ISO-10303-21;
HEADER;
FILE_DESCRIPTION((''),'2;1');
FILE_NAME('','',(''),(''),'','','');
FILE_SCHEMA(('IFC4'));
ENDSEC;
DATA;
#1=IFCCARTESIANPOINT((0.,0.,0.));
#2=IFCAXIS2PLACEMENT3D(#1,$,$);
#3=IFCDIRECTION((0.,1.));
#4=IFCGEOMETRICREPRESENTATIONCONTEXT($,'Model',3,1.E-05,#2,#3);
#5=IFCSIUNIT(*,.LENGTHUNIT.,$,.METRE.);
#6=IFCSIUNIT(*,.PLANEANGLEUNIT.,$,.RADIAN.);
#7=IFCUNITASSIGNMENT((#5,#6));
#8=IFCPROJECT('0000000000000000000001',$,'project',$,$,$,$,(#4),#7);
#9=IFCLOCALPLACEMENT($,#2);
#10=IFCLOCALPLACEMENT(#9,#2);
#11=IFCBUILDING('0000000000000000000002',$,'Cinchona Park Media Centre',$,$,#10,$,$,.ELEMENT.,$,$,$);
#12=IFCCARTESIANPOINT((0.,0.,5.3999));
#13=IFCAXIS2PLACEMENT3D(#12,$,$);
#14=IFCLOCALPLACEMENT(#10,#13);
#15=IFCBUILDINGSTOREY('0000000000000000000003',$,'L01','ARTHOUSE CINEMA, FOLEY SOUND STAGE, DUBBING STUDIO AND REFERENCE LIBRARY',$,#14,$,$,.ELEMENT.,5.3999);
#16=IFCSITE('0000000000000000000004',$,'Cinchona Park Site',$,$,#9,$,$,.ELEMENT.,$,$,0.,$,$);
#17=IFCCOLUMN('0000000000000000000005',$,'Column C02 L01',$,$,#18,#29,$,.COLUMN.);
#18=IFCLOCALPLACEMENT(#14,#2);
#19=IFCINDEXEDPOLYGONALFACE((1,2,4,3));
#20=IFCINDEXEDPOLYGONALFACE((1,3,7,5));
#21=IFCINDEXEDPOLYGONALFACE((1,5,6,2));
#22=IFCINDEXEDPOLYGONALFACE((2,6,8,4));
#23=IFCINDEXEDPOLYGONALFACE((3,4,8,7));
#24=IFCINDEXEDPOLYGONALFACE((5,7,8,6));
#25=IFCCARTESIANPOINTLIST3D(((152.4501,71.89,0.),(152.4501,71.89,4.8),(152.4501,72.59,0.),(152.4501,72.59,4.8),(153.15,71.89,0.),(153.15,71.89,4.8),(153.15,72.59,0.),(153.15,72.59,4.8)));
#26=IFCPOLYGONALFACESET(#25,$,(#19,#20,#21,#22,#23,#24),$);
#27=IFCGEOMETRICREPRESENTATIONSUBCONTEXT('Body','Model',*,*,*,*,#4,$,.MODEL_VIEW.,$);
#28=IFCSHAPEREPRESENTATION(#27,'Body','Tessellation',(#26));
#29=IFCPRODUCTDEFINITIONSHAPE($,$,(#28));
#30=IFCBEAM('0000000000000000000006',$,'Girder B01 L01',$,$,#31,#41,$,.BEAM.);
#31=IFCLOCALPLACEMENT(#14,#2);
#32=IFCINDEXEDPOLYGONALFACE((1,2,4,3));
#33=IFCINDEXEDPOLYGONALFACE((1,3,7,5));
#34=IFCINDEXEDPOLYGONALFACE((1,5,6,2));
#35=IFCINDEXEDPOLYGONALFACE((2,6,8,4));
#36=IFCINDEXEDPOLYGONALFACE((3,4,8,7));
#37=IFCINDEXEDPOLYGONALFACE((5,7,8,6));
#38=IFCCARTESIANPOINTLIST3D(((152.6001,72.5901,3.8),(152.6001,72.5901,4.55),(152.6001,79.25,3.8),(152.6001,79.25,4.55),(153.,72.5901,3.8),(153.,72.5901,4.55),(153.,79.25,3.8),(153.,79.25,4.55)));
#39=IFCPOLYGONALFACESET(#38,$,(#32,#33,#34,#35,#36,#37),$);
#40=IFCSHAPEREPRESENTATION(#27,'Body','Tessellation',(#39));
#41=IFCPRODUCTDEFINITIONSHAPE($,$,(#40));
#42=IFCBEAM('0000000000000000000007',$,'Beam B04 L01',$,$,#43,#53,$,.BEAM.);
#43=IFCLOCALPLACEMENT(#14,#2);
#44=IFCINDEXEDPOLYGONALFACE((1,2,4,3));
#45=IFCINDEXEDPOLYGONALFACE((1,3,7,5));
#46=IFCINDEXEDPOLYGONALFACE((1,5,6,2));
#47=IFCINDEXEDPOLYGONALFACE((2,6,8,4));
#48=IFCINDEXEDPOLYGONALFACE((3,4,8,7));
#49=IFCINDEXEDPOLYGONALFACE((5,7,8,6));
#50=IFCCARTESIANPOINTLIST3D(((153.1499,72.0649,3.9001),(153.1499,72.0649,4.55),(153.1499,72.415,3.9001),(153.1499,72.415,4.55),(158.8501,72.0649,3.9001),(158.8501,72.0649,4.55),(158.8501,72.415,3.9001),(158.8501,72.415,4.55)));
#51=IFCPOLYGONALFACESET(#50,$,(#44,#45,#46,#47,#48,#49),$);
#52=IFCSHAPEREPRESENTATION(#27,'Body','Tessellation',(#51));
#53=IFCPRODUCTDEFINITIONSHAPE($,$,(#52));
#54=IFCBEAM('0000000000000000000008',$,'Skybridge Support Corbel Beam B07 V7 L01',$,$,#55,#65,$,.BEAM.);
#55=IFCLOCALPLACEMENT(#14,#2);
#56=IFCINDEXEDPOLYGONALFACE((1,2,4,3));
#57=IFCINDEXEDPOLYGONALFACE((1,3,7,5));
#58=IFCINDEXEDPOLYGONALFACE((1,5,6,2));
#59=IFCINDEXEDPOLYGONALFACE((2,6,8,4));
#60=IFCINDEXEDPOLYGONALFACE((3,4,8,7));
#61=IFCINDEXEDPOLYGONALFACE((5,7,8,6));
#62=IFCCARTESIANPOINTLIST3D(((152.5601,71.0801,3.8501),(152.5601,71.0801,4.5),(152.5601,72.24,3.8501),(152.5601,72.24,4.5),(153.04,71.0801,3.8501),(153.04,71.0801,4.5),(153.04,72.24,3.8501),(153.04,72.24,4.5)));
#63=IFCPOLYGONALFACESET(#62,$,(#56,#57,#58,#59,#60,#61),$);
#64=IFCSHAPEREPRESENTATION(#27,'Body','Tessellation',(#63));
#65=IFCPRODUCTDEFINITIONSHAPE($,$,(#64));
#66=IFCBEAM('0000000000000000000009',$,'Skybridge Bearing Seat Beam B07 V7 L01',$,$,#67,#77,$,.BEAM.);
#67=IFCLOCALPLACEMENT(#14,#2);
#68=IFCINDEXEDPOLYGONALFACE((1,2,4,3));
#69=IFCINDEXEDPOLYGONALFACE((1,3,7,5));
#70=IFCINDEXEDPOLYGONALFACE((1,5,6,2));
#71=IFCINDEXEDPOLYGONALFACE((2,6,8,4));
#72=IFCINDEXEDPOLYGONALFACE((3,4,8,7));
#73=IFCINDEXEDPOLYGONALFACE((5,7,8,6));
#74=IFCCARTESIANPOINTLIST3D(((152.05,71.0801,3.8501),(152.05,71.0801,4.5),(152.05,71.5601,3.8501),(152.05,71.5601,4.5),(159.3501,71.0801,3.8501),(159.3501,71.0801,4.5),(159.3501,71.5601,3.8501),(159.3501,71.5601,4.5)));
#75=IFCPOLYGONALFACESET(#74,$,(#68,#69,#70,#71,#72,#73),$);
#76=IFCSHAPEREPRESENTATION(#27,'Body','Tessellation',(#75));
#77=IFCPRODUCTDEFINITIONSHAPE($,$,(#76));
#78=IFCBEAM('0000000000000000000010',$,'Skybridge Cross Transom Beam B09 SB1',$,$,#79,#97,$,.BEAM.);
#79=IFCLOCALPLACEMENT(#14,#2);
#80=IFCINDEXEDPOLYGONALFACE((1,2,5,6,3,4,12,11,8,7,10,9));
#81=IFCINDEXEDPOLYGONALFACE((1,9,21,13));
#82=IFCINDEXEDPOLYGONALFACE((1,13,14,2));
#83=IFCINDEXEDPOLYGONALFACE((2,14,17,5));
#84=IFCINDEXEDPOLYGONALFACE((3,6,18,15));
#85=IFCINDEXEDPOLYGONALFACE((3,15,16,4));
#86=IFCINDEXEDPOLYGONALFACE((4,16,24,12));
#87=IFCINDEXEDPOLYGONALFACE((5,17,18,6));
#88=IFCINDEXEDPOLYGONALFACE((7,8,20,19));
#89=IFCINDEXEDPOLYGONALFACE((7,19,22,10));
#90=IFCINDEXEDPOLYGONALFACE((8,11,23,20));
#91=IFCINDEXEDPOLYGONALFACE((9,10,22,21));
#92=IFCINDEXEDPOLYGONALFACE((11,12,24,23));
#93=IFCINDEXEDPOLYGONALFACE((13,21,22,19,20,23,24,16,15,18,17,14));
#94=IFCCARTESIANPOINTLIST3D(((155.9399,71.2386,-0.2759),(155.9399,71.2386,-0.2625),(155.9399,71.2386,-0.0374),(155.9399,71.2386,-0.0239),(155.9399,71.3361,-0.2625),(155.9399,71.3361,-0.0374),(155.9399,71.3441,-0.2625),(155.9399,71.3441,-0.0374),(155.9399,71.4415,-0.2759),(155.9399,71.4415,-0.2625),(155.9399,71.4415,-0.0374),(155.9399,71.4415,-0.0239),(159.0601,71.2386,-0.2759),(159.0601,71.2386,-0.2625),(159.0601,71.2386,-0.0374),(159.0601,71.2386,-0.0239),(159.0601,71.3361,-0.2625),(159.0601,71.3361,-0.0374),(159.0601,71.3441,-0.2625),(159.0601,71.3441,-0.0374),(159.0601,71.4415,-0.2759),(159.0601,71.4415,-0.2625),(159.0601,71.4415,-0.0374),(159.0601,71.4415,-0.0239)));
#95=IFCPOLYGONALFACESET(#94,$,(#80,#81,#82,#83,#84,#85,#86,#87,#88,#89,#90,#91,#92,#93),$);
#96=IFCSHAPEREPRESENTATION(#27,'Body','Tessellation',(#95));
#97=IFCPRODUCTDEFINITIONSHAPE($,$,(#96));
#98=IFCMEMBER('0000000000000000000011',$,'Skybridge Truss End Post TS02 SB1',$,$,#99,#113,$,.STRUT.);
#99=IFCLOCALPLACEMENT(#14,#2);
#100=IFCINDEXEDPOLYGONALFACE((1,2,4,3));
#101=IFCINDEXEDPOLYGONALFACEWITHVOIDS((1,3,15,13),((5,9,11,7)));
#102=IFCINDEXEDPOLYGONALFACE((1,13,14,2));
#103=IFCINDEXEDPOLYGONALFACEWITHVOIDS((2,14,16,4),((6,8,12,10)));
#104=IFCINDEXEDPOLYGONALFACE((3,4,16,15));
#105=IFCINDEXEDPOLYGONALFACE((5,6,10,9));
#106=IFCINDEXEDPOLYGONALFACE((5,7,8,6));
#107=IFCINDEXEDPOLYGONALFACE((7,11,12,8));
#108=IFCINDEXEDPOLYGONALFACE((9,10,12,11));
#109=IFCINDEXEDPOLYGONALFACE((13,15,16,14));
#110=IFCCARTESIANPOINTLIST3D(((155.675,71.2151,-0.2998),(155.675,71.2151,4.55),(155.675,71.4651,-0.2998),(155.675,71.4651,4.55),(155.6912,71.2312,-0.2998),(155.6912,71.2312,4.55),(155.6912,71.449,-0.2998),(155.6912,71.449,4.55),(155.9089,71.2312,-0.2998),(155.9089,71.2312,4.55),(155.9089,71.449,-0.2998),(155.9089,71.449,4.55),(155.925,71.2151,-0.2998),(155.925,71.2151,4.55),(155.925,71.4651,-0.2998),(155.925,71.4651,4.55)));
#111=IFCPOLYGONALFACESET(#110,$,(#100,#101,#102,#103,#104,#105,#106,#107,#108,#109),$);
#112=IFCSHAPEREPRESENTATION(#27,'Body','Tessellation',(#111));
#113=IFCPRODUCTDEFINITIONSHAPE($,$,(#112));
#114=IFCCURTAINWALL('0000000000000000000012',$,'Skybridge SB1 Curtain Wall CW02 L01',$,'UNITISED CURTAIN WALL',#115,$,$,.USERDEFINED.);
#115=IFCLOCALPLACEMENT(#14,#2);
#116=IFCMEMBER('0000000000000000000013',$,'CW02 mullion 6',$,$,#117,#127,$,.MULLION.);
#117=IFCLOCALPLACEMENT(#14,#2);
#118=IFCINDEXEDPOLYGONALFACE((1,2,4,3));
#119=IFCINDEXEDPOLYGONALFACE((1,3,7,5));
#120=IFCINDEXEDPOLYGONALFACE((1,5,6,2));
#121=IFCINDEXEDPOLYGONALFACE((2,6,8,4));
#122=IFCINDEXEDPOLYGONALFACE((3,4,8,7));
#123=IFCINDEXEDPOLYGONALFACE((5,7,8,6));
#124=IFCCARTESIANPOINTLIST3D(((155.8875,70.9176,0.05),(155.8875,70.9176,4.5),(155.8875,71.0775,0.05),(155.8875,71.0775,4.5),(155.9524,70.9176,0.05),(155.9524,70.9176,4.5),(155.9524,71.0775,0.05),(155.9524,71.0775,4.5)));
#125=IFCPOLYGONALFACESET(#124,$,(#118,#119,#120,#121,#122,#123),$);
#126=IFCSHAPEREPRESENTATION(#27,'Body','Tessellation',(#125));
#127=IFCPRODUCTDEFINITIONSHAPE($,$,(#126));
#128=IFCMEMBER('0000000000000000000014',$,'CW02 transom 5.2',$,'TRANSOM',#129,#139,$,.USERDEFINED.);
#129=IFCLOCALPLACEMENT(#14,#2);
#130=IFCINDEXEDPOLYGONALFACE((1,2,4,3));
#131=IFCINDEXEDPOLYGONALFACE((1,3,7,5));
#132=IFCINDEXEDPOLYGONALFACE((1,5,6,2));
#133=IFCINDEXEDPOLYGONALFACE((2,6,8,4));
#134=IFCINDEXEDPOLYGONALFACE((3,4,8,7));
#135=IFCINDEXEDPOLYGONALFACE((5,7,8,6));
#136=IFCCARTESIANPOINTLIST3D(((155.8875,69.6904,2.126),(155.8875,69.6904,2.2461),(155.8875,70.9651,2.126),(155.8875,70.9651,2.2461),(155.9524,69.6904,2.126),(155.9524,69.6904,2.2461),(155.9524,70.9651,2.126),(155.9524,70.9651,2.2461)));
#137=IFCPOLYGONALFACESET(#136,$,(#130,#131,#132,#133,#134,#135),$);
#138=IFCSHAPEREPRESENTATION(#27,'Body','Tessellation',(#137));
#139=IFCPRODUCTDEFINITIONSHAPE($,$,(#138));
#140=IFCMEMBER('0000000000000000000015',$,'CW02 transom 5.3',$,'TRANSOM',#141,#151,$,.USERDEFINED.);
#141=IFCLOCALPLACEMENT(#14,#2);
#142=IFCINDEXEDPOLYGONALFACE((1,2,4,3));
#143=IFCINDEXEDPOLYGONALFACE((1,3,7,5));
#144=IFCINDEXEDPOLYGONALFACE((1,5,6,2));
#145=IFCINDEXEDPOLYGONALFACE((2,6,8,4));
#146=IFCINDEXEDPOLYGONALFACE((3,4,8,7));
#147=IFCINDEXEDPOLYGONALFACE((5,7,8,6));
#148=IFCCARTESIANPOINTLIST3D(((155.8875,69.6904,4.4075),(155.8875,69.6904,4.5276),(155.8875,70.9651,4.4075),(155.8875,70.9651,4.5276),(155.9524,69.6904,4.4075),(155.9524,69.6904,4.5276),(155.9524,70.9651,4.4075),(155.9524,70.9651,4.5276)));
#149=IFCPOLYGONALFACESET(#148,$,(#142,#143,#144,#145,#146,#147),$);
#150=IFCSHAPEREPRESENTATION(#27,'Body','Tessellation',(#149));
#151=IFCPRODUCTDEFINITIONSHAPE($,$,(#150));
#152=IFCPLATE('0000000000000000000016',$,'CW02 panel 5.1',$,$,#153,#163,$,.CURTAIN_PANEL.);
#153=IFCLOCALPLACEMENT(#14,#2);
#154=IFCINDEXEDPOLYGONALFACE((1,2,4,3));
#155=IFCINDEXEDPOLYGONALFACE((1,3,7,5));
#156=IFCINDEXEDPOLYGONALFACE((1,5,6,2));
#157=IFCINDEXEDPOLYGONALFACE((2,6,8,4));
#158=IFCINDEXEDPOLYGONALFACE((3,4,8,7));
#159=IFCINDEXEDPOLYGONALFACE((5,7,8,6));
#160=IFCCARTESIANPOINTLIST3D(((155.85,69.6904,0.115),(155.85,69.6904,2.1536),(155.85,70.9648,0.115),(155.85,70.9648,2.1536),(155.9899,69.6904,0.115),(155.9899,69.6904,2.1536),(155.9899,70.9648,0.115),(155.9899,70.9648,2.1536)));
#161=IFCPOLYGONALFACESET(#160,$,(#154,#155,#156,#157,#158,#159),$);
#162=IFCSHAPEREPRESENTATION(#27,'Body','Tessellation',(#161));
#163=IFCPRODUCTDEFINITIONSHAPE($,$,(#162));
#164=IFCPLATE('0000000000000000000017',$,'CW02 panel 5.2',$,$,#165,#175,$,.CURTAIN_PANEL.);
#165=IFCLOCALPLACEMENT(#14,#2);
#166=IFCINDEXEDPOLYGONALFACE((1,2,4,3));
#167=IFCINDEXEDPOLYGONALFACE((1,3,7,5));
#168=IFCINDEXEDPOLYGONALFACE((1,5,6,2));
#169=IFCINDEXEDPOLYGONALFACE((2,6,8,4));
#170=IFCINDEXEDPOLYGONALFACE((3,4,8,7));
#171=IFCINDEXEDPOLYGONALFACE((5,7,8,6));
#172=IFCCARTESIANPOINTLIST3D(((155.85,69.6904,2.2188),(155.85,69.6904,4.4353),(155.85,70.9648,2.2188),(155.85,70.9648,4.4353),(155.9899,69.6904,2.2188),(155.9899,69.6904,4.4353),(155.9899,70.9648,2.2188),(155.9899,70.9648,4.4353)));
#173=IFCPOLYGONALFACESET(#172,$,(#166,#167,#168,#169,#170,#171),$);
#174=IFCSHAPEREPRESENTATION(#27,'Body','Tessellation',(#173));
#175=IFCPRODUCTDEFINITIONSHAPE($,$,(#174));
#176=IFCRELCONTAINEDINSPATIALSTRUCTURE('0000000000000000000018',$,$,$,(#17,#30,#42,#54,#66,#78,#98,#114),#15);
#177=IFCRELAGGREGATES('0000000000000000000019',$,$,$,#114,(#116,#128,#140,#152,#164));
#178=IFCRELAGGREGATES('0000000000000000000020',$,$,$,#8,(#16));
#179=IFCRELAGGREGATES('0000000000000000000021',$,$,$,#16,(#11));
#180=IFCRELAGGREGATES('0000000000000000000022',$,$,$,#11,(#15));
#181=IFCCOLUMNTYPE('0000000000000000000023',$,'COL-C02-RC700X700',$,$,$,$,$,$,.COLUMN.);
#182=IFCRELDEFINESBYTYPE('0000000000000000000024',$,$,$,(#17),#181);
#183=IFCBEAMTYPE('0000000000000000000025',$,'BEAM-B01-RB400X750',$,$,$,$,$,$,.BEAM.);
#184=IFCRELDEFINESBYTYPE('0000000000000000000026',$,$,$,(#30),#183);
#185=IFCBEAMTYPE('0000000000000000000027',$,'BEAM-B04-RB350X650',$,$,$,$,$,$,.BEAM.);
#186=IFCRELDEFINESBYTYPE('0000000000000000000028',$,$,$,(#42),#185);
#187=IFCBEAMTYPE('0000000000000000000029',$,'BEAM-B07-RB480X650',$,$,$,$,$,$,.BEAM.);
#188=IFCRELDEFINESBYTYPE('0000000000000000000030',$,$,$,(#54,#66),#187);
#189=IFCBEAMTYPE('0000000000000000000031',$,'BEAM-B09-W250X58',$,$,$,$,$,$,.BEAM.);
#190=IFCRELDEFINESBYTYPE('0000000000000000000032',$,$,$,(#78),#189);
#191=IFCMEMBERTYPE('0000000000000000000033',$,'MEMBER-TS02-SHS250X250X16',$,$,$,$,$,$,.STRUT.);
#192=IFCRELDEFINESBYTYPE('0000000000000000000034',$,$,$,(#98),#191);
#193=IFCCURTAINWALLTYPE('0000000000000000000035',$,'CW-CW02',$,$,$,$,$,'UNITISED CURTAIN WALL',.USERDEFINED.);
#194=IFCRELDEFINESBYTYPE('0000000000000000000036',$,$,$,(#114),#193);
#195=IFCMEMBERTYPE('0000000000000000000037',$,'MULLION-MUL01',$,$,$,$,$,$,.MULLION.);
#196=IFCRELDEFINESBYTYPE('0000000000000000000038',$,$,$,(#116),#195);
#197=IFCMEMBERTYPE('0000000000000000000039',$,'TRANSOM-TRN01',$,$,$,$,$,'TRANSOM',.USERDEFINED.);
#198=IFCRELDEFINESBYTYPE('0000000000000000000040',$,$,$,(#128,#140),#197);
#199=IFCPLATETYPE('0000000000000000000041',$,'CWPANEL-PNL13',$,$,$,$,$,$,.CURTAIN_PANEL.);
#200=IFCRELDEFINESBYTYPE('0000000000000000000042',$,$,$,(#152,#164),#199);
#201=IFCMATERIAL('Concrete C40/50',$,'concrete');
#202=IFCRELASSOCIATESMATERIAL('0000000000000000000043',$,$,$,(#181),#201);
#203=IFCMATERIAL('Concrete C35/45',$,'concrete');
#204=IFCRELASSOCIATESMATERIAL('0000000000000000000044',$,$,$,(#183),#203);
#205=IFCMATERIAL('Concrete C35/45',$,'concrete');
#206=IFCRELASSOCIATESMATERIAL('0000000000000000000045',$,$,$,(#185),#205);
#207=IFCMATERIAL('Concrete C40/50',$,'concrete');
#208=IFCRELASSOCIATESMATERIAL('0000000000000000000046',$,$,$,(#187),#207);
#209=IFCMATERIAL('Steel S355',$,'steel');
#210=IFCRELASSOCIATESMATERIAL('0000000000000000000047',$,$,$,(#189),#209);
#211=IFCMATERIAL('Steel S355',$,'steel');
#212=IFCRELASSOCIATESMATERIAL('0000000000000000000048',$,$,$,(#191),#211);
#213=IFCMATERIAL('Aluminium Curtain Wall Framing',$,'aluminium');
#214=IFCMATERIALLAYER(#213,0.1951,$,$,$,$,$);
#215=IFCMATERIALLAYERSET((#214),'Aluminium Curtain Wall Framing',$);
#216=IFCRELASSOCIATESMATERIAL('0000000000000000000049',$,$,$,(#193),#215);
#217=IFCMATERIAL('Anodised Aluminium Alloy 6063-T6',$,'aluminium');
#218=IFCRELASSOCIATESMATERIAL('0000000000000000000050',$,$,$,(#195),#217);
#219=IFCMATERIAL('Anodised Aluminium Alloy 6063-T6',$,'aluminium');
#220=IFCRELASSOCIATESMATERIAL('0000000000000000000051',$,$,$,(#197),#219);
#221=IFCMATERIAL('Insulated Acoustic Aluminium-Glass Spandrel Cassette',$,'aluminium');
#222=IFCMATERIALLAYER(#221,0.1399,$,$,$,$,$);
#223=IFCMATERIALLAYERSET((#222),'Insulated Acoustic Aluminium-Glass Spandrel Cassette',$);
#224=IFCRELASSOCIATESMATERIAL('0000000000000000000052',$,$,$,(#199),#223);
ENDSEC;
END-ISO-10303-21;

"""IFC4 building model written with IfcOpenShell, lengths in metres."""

from ifc_helpers import new_model, si_unit, direction, frame, origin, origin_2d, place, context, subcontext, project, spatial, rectangle, hollow_rectangle, i_section, extrude, material, layer, layer_set, material_profile, profile_set, type_object, element, aggregate, save


model = new_model("IFC4")

# Units and contexts
model_context = context("Model", 3, precision=1e-05, world=origin(), true_north=direction((0.0, 1.0)))
body_context = subcontext(model_context, "Body", "Model", "MODEL_VIEW")
ifc_project = project(units=[si_unit("LENGTHUNIT", "METRE"), si_unit("PLANEANGLEUNIT", "RADIAN")], contexts=[model_context])

# Site, building, storey
site_placement = place(None, origin())
site = spatial("IfcSite", under=ifc_project, at=site_placement, Name="Cinchona Park Site", CompositionType="ELEMENT", RefElevation=0.0)
building_placement = place(site_placement, origin())
building = spatial("IfcBuilding", under=site, at=building_placement, Name="Cinchona Park Media Centre", CompositionType="ELEMENT")
storey_placement = place(building_placement, frame((0.0, 0.0, 5.3999)))
storey = spatial("IfcBuildingStorey", under=building, at=storey_placement, Name="L01", Description="ARTHOUSE CINEMA, FOLEY SOUND STAGE, DUBBING STUDIO AND REFERENCE LIBRARY", CompositionType="ELEMENT", Elevation=5.3999)

# Column
ifc_material_1 = material(Name="Concrete C40/50", Category="concrete")
ifc_material_profile_1 = material_profile(ifc_material_1, rectangle(XDim=0.7, YDim=0.7, at=origin_2d()), Name="RC 700X700")
ifc_profile_set_1 = profile_set([ifc_material_profile_1], Name="Concrete C40/50")
column_type = type_object("IfcColumnType", Name="COL-C02-RC700X700", PredefinedType="COLUMN", material=ifc_profile_set_1)
column_placement = place(storey_placement, frame((152.8, 72.24, 0.0), z_axis=(0.0, 0.0, 1.0), x_axis=(1.0, 0.0, 0.0)))
element("IfcColumn", 1, at=column_placement, inside=storey, type_object=column_type, Name="Column C02 L01", PredefinedType="COLUMN", context=body_context, shape_type="SweptSolid", body=[
    extrude(rectangle(XDim=0.7, YDim=0.7, at=origin_2d()), origin(), (0.0, 0.0, 1.0), 4.8),
])

# Beams
ifc_material_2 = material(Name="Concrete C35/45", Category="concrete")
ifc_material_profile_2 = material_profile(ifc_material_2, rectangle(XDim=0.3999, YDim=0.75, at=origin_2d()), Name="RB 400X750")
ifc_profile_set_2 = profile_set([ifc_material_profile_2], Name="Concrete C35/45")
beam_type_1 = type_object("IfcBeamType", Name="BEAM-B01-RB400X750", PredefinedType="BEAM", material=ifc_profile_set_2)
beam_1_placement = place(storey_placement, frame((152.8, 72.5901, 4.175), z_axis=(0.0, 1.0, 0.0), x_axis=(-1.0, 0.0, 0.0)))
element("IfcBeam", 2, at=beam_1_placement, inside=storey, type_object=beam_type_1, Name="Girder B01 L01", PredefinedType="BEAM", context=body_context, shape_type="SweptSolid", body=[
    extrude(rectangle(XDim=0.3999, YDim=0.75, at=origin_2d()), origin(), (0.0, 0.0, 1.0), 6.6599),
])
ifc_material_3 = material(Name="Concrete C35/45", Category="concrete")
ifc_material_profile_3 = material_profile(ifc_material_3, rectangle(XDim=0.3501, YDim=0.6499, at=origin_2d()), Name="RB 350X650")
ifc_profile_set_3 = profile_set([ifc_material_profile_3], Name="Concrete C35/45")
beam_type_2 = type_object("IfcBeamType", Name="BEAM-B04-RB350X650", PredefinedType="BEAM", material=ifc_profile_set_3)
beam_2_placement = place(storey_placement, frame((153.1499, 72.24, 4.2251), z_axis=(1.0, 0.0, 0.0), x_axis=(0.0, 1.0, 0.0)))
element("IfcBeam", 3, at=beam_2_placement, inside=storey, type_object=beam_type_2, Name="Beam B04 L01", PredefinedType="BEAM", context=body_context, shape_type="SweptSolid", body=[
    extrude(rectangle(XDim=0.3501, YDim=0.6499, at=origin_2d()), origin(), (0.0, 0.0, 1.0), 5.7002),
])
ifc_material_4 = material(Name="Concrete C40/50", Category="concrete")
ifc_material_profile_4 = material_profile(ifc_material_4, rectangle(XDim=0.48, YDim=0.6499, at=origin_2d()), Name="RB 480X650")
ifc_profile_set_4 = profile_set([ifc_material_profile_4], Name="Concrete C40/50")
beam_type_3 = type_object("IfcBeamType", Name="BEAM-B07-RB480X650", PredefinedType="BEAM", material=ifc_profile_set_4)
beam_3_placement = place(storey_placement, frame((152.8, 72.24, 4.175), z_axis=(0.0, -1.0, 0.0), x_axis=(1.0, 0.0, 0.0)))
element("IfcBeam", 4, at=beam_3_placement, inside=storey, type_object=beam_type_3, Name="Skybridge Support Corbel Beam B07 V7 L01", PredefinedType="BEAM", context=body_context, shape_type="SweptSolid", body=[
    extrude(rectangle(XDim=0.48, YDim=0.6499, at=origin_2d()), origin(), (0.0, 0.0, 1.0), 1.1599),
])
beam_4_placement = place(storey_placement, frame((152.05, 71.3201, 4.175), z_axis=(1.0, 0.0, 0.0), x_axis=(0.0, 1.0, 0.0)))
element("IfcBeam", 5, at=beam_4_placement, inside=storey, type_object=beam_type_3, Name="Skybridge Bearing Seat Beam B07 V7 L01", PredefinedType="BEAM", context=body_context, shape_type="SweptSolid", body=[
    extrude(rectangle(XDim=0.48, YDim=0.6499, at=origin_2d()), origin(), (0.0, 0.0, 1.0), 7.3),
])
ifc_material_5 = material(Name="Steel S355", Category="steel")
ifc_material_profile_5 = material_profile(ifc_material_5, i_section(OverallWidth=0.2029, OverallDepth=0.252, WebThickness=0.0081, FlangeThickness=0.0134, at=origin_2d()), Name="W250X58")
ifc_profile_set_5 = profile_set([ifc_material_profile_5], Name="Steel S355")
beam_type_4 = type_object("IfcBeamType", Name="BEAM-B09-W250X58", PredefinedType="BEAM", material=ifc_profile_set_5)
beam_5_placement = place(storey_placement, frame((155.9399, 71.3401, -0.1499), z_axis=(1.0, 0.0, 0.0), x_axis=(0.0, 1.0, 0.0)))
element("IfcBeam", 6, at=beam_5_placement, inside=storey, type_object=beam_type_4, Name="Skybridge Cross Transom Beam B09 SB1", PredefinedType="BEAM", context=body_context, shape_type="SweptSolid", body=[
    extrude(i_section(OverallWidth=0.2029, OverallDepth=0.252, WebThickness=0.0081, FlangeThickness=0.0134, at=origin_2d()), origin(), (0.0, 0.0, 1.0), 3.1201),
])

# Member
ifc_material_6 = material(Name="Steel S355", Category="steel")
ifc_material_profile_6 = material_profile(ifc_material_6, hollow_rectangle(XDim=0.25, YDim=0.25, WallThickness=0.0161, at=origin_2d()), Name="250X250X16SHS")
ifc_profile_set_6 = profile_set([ifc_material_profile_6], Name="Steel S355")
member_type_1 = type_object("IfcMemberType", Name="MEMBER-TS02-SHS250X250X16", PredefinedType="STRUT", material=ifc_profile_set_6)
member_1_placement = place(storey_placement, frame((155.8, 71.3401, -0.2998), z_axis=(0.0, 0.0, 1.0), x_axis=(1.0, 0.0, 0.0)))
element("IfcMember", 7, at=member_1_placement, inside=storey, type_object=member_type_1, Name="Skybridge Truss End Post TS02 SB1", PredefinedType="STRUT", context=body_context, shape_type="SweptSolid", body=[
    extrude(hollow_rectangle(XDim=0.25, YDim=0.25, WallThickness=0.0161, at=origin_2d()), origin(), (0.0, 0.0, 1.0), 4.8499),
])

# Curtain wall, members, plates
ifc_material_7 = material(Name="Aluminium Curtain Wall Framing", Category="aluminium")
ifc_layer_1 = layer(ifc_material_7, 0.1951)
ifc_layer_set_1 = layer_set([ifc_layer_1], Name="Aluminium Curtain Wall Framing")
curtain_wall_type = type_object("IfcCurtainWallType", Name="CW-CW02", ElementType="UNITISED CURTAIN WALL", PredefinedType="USERDEFINED", material=ifc_layer_set_1)
curtain_wall_placement = place(storey_placement, origin())
curtain_wall = element("IfcCurtainWall", 8, at=curtain_wall_placement, inside=storey, type_object=curtain_wall_type, Name="Skybridge SB1 Curtain Wall CW02 L01", ObjectType="UNITISED CURTAIN WALL", PredefinedType="USERDEFINED")
ifc_material_8 = material(Name="Anodised Aluminium Alloy 6063-T6", Category="aluminium")
ifc_material_profile_7 = material_profile(ifc_material_8, rectangle(XDim=0.0649, YDim=0.1599, at=origin_2d()), Name="MUL-65X160")
ifc_profile_set_7 = profile_set([ifc_material_profile_7], Name="Anodised Aluminium Alloy 6063-T6")
member_type_2 = type_object("IfcMemberType", Name="MULLION-MUL01", PredefinedType="MULLION", material=ifc_profile_set_7)
member_2_placement = place(storey_placement, frame((155.9199, 70.9976, 0.05), z_axis=(0.0, 0.0, 1.0), x_axis=(-1.0, 0.0, 0.0)))
member_2 = element("IfcMember", 9, at=member_2_placement, type_object=member_type_2, Name="CW02 mullion 6", PredefinedType="MULLION", context=body_context, shape_type="SweptSolid", body=[
    extrude(rectangle(XDim=0.0649, YDim=0.1599, at=origin_2d()), origin(), (0.0, 0.0, 1.0), 4.45),
])
ifc_material_9 = material(Name="Anodised Aluminium Alloy 6063-T6", Category="aluminium")
ifc_material_profile_8 = material_profile(ifc_material_9, rectangle(XDim=0.0649, YDim=0.1201, at=origin_2d()), Name="TRN-65X120")
ifc_profile_set_8 = profile_set([ifc_material_profile_8], Name="Anodised Aluminium Alloy 6063-T6")
member_type_3 = type_object("IfcMemberType", Name="TRANSOM-TRN01", ElementType="TRANSOM", PredefinedType="USERDEFINED", material=ifc_profile_set_8)
member_3_placement = place(storey_placement, frame((155.9199, 69.6904, 2.186), z_axis=(0.0, 1.0, 0.0), x_axis=(-1.0, 0.0, 0.0)))
member_3 = element("IfcMember", 10, at=member_3_placement, type_object=member_type_3, Name="CW02 transom 5.2", ObjectType="TRANSOM", PredefinedType="USERDEFINED", context=body_context, shape_type="SweptSolid", body=[
    extrude(rectangle(XDim=0.0649, YDim=0.1201, at=origin_2d()), origin(), (0.0, 0.0, 1.0), 1.2747),
])
member_4_placement = place(storey_placement, frame((155.9199, 69.6904, 4.4675), z_axis=(0.0, 1.0, 0.0), x_axis=(-1.0, 0.0, 0.0)))
member_4 = element("IfcMember", 11, at=member_4_placement, type_object=member_type_3, Name="CW02 transom 5.3", ObjectType="TRANSOM", PredefinedType="USERDEFINED", context=body_context, shape_type="SweptSolid", body=[
    extrude(rectangle(XDim=0.0649, YDim=0.1201, at=origin_2d()), origin(), (0.0, 0.0, 1.0), 1.2747),
])
ifc_material_10 = material(Name="Insulated Acoustic Aluminium-Glass Spandrel Cassette", Category="aluminium")
ifc_layer_2 = layer(ifc_material_10, 0.1399)
ifc_layer_set_2 = layer_set([ifc_layer_2], Name="Insulated Acoustic Aluminium-Glass Spandrel Cassette")
plate_type_1 = type_object("IfcPlateType", Name="CWPANEL-PNL13", PredefinedType="CURTAIN_PANEL", material=ifc_layer_set_2)
plate_1_placement = place(storey_placement, frame((155.9199, 70.3276, 0.115), z_axis=(0.0, 0.0, 1.0), x_axis=(0.0, 1.0, 0.0)))
plate_1 = element("IfcPlate", 12, at=plate_1_placement, type_object=plate_type_1, Name="CW02 panel 5.1", PredefinedType="CURTAIN_PANEL", context=body_context, shape_type="SweptSolid", body=[
    extrude(rectangle(XDim=1.2744, YDim=0.1399, at=origin_2d()), origin(), (0.0, 0.0, 1.0), 2.0386),
])
plate_2_placement = place(storey_placement, frame((155.9199, 70.3276, 2.2188), z_axis=(0.0, 0.0, 1.0), x_axis=(0.0, 1.0, 0.0)))
plate_2 = element("IfcPlate", 13, at=plate_2_placement, type_object=plate_type_1, Name="CW02 panel 5.2", PredefinedType="CURTAIN_PANEL", context=body_context, shape_type="SweptSolid", body=[
    extrude(rectangle(XDim=1.2744, YDim=0.1399, at=origin_2d()), origin(), (0.0, 0.0, 1.0), 2.2166),
])
aggregate(curtain_wall, [member_2, member_3, member_4, plate_1, plate_2])

save(model, "model.ifc")
